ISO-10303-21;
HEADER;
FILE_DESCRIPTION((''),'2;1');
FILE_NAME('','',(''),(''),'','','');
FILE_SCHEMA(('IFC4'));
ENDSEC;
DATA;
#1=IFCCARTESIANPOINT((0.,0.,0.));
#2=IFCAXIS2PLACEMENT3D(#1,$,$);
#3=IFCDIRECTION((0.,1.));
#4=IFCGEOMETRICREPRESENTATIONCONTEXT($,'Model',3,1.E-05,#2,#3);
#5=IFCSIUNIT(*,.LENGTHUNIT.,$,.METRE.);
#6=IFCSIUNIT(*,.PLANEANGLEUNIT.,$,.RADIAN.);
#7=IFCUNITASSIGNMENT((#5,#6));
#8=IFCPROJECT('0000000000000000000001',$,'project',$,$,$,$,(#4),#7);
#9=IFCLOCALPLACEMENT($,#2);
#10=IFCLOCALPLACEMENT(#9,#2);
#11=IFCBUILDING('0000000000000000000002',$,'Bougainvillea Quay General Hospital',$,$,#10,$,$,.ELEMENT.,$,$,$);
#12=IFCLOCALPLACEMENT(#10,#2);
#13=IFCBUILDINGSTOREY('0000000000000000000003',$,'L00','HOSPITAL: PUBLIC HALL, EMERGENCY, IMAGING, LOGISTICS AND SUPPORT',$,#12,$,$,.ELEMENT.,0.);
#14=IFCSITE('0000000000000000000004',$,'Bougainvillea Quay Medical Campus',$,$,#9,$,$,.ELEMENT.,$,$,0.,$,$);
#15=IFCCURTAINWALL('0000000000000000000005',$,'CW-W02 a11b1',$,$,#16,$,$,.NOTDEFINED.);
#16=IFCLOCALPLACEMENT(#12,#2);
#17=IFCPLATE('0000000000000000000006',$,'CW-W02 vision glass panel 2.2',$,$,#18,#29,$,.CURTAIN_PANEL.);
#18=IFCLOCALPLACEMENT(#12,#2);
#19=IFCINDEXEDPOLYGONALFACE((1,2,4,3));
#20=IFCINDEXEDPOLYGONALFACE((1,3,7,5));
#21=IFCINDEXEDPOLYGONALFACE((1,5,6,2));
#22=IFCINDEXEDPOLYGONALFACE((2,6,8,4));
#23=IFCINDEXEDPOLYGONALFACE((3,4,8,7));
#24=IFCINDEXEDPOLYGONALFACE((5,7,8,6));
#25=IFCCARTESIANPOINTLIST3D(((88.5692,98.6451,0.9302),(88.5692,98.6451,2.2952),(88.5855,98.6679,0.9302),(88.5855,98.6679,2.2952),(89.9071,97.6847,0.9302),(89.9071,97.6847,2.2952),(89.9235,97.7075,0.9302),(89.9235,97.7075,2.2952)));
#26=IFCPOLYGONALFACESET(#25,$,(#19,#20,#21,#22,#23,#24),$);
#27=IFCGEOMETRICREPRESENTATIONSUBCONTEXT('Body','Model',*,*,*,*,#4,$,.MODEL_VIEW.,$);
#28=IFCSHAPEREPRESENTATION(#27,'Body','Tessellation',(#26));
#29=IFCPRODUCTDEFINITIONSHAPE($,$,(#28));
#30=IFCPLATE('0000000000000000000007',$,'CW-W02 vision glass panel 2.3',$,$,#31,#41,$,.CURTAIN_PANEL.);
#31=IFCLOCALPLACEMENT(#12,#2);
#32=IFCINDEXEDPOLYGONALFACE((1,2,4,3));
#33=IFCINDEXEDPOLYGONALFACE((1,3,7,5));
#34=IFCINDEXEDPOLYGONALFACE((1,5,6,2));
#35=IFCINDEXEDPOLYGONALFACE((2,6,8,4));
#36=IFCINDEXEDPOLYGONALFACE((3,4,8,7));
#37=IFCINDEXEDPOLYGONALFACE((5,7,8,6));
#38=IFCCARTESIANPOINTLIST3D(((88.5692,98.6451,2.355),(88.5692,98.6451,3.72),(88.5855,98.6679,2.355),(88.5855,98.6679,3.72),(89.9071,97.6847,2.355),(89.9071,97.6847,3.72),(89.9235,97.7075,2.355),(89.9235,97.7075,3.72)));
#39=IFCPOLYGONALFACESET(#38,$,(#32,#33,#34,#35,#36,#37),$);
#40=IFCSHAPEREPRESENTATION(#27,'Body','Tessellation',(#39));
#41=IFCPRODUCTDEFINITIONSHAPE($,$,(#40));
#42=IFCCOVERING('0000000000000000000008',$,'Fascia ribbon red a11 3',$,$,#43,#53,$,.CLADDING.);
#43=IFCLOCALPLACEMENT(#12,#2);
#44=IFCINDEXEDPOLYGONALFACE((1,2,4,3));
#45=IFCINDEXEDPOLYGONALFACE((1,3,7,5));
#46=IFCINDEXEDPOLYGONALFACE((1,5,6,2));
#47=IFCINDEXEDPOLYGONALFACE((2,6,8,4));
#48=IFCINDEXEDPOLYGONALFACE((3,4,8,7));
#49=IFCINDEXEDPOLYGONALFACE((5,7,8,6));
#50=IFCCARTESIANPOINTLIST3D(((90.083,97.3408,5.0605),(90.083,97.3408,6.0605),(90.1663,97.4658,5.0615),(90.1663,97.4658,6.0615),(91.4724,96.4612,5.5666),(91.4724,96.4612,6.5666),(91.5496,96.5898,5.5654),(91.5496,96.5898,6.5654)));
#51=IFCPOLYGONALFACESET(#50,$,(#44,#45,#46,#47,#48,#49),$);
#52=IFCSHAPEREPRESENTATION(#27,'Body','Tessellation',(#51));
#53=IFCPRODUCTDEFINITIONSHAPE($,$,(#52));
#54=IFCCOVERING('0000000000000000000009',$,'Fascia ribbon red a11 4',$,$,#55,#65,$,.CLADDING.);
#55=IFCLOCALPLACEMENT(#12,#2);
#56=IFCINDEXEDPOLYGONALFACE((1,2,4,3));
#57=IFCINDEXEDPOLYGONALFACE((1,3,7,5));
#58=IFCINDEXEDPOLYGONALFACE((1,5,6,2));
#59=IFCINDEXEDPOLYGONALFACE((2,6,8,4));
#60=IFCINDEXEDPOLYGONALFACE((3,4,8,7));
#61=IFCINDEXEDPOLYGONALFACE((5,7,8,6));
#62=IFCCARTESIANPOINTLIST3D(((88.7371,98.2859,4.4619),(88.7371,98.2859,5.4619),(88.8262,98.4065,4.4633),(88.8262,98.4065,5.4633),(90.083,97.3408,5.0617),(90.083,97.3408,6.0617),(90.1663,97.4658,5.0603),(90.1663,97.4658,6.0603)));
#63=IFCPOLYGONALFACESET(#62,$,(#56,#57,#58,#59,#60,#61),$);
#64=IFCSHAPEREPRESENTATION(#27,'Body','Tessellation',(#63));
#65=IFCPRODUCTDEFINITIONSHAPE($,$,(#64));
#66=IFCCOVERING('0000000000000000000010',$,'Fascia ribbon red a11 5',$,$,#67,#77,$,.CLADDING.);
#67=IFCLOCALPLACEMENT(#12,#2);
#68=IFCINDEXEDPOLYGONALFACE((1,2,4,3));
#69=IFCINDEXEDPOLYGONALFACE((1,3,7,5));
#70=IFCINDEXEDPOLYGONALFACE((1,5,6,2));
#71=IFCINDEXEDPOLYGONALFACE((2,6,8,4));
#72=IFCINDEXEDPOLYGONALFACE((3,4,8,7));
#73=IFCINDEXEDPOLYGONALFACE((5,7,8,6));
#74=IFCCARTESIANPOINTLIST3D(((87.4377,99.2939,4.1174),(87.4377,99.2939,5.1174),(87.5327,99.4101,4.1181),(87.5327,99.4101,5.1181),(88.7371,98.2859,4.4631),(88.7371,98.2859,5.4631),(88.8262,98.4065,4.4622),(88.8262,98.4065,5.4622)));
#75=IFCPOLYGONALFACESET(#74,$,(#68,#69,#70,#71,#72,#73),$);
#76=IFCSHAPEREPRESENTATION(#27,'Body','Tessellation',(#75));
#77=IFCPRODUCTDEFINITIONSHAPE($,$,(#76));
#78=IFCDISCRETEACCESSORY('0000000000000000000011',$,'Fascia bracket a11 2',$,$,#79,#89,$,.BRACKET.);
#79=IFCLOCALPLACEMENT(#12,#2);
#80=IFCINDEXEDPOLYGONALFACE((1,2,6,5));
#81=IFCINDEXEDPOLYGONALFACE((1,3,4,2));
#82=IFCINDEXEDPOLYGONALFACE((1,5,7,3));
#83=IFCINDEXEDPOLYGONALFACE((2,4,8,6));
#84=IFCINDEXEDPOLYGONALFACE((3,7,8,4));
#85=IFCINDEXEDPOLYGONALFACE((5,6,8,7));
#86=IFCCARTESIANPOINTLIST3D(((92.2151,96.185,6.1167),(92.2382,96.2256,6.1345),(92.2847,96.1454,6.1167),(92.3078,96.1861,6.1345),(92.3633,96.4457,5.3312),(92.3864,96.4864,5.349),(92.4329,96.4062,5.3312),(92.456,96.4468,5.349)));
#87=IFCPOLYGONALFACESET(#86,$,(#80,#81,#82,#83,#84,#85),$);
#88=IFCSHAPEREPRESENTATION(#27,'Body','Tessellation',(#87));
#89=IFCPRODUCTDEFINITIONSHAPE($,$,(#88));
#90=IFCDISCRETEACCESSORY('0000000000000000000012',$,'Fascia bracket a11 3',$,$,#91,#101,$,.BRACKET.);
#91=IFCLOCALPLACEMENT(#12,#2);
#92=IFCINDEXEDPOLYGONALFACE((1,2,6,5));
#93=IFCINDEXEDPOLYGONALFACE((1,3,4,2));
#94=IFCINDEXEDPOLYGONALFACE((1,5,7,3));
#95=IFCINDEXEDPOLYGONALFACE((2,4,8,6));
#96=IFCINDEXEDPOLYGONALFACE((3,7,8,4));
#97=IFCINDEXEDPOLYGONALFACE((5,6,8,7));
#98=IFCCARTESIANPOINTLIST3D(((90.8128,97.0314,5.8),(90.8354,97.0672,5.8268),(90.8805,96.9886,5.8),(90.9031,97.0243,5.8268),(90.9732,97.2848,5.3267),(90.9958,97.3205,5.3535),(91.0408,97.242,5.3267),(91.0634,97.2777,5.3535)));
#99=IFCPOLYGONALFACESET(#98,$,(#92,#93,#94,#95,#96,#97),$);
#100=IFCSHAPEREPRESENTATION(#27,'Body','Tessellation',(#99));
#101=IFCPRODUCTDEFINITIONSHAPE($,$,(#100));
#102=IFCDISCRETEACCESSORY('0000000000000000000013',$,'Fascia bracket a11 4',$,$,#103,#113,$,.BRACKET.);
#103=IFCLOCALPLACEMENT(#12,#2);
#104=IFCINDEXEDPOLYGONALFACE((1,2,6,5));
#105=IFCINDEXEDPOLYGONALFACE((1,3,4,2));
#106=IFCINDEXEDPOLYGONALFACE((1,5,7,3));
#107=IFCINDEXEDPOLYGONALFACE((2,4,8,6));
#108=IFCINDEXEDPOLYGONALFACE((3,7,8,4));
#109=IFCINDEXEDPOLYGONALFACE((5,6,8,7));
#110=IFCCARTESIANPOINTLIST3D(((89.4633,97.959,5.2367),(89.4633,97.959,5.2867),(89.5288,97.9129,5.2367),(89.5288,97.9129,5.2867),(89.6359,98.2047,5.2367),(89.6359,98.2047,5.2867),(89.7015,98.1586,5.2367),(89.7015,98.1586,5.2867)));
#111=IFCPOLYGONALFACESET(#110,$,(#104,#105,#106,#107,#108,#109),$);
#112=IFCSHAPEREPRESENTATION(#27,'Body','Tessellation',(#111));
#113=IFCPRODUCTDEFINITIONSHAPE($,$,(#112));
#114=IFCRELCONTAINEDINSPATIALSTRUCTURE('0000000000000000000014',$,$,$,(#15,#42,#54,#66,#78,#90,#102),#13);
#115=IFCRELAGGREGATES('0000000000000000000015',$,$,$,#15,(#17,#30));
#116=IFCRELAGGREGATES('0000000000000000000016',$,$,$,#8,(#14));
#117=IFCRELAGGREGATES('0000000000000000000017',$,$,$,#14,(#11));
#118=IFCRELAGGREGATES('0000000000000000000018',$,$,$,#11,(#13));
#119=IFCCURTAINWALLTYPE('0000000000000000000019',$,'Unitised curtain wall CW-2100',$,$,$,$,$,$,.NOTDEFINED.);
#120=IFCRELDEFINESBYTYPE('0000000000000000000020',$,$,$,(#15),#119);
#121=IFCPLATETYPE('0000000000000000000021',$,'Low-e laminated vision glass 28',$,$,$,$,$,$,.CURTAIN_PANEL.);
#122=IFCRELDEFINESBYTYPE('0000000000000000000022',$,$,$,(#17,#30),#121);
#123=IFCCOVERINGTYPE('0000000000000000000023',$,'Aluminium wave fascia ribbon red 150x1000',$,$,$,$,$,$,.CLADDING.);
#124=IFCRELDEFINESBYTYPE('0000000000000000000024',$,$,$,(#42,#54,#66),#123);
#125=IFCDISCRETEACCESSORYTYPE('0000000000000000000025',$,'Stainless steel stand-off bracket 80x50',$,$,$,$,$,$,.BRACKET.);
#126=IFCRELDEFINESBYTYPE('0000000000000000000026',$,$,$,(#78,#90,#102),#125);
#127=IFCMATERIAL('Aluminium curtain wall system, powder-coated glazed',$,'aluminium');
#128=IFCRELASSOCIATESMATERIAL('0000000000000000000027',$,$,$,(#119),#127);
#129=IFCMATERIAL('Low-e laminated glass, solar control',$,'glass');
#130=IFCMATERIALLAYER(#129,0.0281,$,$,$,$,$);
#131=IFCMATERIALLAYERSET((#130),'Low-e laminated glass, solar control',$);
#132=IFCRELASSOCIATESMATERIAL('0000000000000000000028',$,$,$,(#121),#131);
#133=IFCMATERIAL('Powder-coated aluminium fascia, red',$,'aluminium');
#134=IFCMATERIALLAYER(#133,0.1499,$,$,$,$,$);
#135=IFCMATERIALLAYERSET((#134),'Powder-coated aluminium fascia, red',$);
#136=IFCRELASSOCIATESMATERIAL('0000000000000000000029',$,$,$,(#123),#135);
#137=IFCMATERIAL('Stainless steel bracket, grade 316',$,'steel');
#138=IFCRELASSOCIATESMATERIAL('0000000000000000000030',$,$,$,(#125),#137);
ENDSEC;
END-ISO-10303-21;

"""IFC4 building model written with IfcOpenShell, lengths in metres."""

from ifc_helpers import new_model, si_unit, direction, frame, origin, origin_2d, place, context, subcontext, project, spatial, polyline, rectangle, outline, extrude, material, layer, layer_set, material_profile, profile_set, type_object, element, aggregate, save


model = new_model("IFC4")

# Units and contexts
model_context = context("Model", 3, precision=1e-05, world=origin(), true_north=direction((0.0, 1.0)))
body_context = subcontext(model_context, "Body", "Model", "MODEL_VIEW")
ifc_project = project(units=[si_unit("LENGTHUNIT", "METRE"), si_unit("PLANEANGLEUNIT", "RADIAN")], contexts=[model_context])

# Site, building, storey
site_placement = place(None, origin())
site = spatial("IfcSite", under=ifc_project, at=site_placement, Name="Bougainvillea Quay Medical Campus", CompositionType="ELEMENT", RefElevation=0.0)
building_placement = place(site_placement, origin())
building = spatial("IfcBuilding", under=site, at=building_placement, Name="Bougainvillea Quay General Hospital", CompositionType="ELEMENT")
storey_placement = place(building_placement, origin())
storey = spatial("IfcBuildingStorey", under=building, at=storey_placement, Name="L00", Description="HOSPITAL: PUBLIC HALL, EMERGENCY, IMAGING, LOGISTICS AND SUPPORT", CompositionType="ELEMENT", Elevation=0.0)

# Curtain wall
ifc_material_1 = material(Name="Aluminium curtain wall system, powder-coated glazed", Category="aluminium")
curtain_wall_type = type_object("IfcCurtainWallType", Name="Unitised curtain wall CW-2100", PredefinedType="NOTDEFINED", material=ifc_material_1)
curtain_wall_1_placement = place(storey_placement, origin())
curtain_wall_1 = element("IfcCurtainWall", 1, at=curtain_wall_1_placement, inside=storey, type_object=curtain_wall_type, Name="CW-W02 a11b1", PredefinedType="NOTDEFINED")

# Plates
ifc_material_2 = material(Name="Low-e laminated glass, solar control", Category="glass")
ifc_layer_1 = layer(ifc_material_2, 0.0281)
ifc_layer_set_1 = layer_set([ifc_layer_1], Name="Low-e laminated glass, solar control")
plate_type_1 = type_object("IfcPlateType", Name="Low-e laminated vision glass 28", PredefinedType="CURTAIN_PANEL", material=ifc_layer_set_1)
plate_1_placement = place(storey_placement, frame((89.2463, 98.1763, 0.9302), z_axis=(0.0, 0.0, 1.0), x_axis=(-0.812379, 0.58313, 0.0)))
plate_1 = element("IfcPlate", 2, at=plate_1_placement, type_object=plate_type_1, Name="CW-W02 vision glass panel 2.2", PredefinedType="CURTAIN_PANEL", context=body_context, shape_type="SweptSolid", body=[
    extrude(rectangle(XDim=1.647, YDim=0.0281, at=origin_2d()), origin(), (0.0, 0.0, 1.0), 1.365),
])
plate_2_placement = place(storey_placement, frame((89.2463, 98.1763, 2.355), z_axis=(0.0, 0.0, 1.0), x_axis=(-0.812379, 0.58313, 0.0)))
plate_2 = element("IfcPlate", 3, at=plate_2_placement, type_object=plate_type_1, Name="CW-W02 vision glass panel 2.3", PredefinedType="CURTAIN_PANEL", context=body_context, shape_type="SweptSolid", body=[
    extrude(rectangle(XDim=1.647, YDim=0.0281, at=origin_2d()), origin(), (0.0, 0.0, 1.0), 1.365),
])
aggregate(curtain_wall_1, [plate_1, plate_2])

# Coverings
ifc_material_3 = material(Name="Powder-coated aluminium fascia, red", Category="aluminium")
ifc_layer_2 = layer(ifc_material_3, 0.1499)
ifc_layer_set_2 = layer_set([ifc_layer_2], Name="Powder-coated aluminium fascia, red")
covering_type = type_object("IfcCoveringType", Name="Aluminium wave fascia ribbon red 150x1000", PredefinedType="CLADDING", material=ifc_layer_set_2)
covering_1_placement = place(storey_placement, frame((91.5496, 96.5898, 5.5654), z_axis=(-0.248197, 0.157865, 0.95576), x_axis=(-0.807474, 0.511334, -0.294147)))
element("IfcCovering", 4, at=covering_1_placement, inside=storey, type_object=covering_type, Name="Fascia ribbon red a11 3", PredefinedType="CLADDING", context=body_context, shape_type="SweptSolid", body=[
    extrude(outline(polyline([(0.0, 0.0), (1.7131, 0.0), (1.7167, 0.1501), (-0.0039, 0.15), (0.0, 0.0)])), origin(), (-0.294147, 0.00056, 0.95576), 1.0),
])
covering_2_placement = place(storey_placement, frame((90.1663, 97.4658, 5.0603), z_axis=(-0.280427, 0.196801, 0.939484), x_axis=(-0.76895, 0.539764, -0.342593)))
element("IfcCovering", 5, at=covering_2_placement, inside=storey, type_object=covering_type, Name="Fascia ribbon red a11 4", PredefinedType="CLADDING", context=body_context, shape_type="SweptSolid", body=[
    extrude(outline(polyline([(0.0, 0.0), (1.7427, 0.0), (1.7466, 0.1499), (-0.004, 0.1501), (0.0, 0.0)])), origin(), (-0.342593, -0.000035, 0.939484), 1.0),
])
covering_3_placement = place(storey_placement, frame((88.8262, 98.4065, 4.4622), z_axis=(-0.161896, 0.126853, 0.97862), x_axis=(-0.77316, 0.599936, -0.205672)))
element("IfcCovering", 6, at=covering_3_placement, inside=storey, type_object=covering_type, Name="Fascia ribbon red a11 5", PredefinedType="CLADDING", context=body_context, shape_type="SweptSolid", body=[
    extrude(outline(polyline([(0.0, 0.0), (1.6729, 0.0), (1.6768, 0.15), (-0.0037, 0.1499), (0.0, 0.0)])), origin(), (-0.205672, 0.000951, 0.97862), 1.0),
])

# Discrete accessories
ifc_material_4 = material(Name="Stainless steel bracket, grade 316", Category="steel")
ifc_material_profile_1 = material_profile(ifc_material_4, rectangle(XDim=0.0801, YDim=0.05, at=origin_2d()))
ifc_profile_set_1 = profile_set([ifc_material_profile_1], Name="Stainless steel bracket, grade 316")
discrete_accessory_type = type_object("IfcDiscreteAccessoryType", Name="Stainless steel stand-off bracket 80x50", PredefinedType="BRACKET", material=ifc_profile_set_1)
discrete_accessory_1_placement = place(storey_placement, frame((92.4097, 96.4463, 5.3401), z_axis=(-0.176271, -0.310143, 0.934205), x_axis=(0.869393, -0.494121, 0.0)))
element("IfcDiscreteAccessory", 7, at=discrete_accessory_1_placement, inside=storey, type_object=discrete_accessory_type, Name="Fascia bracket a11 2", PredefinedType="BRACKET", context=body_context, shape_type="SweptSolid", body=[
    extrude(rectangle(XDim=0.0801, YDim=0.05, at=origin_2d()), origin(), (0.0, 0.0, 1.0), 0.8408),
])
discrete_accessory_2_placement = place(storey_placement, frame((91.0183, 97.2812, 5.3401), z_axis=(-0.286226, -0.452211, 0.844737), x_axis=(0.844966, -0.53482, 0.0)))
element("IfcDiscreteAccessory", 8, at=discrete_accessory_2_placement, inside=storey, type_object=discrete_accessory_type, Name="Fascia bracket a11 3", PredefinedType="BRACKET", context=body_context, shape_type="SweptSolid", body=[
    extrude(rectangle(XDim=0.0801, YDim=0.05, at=origin_2d()), origin(), (0.0, 0.0, 1.0), 0.5603),
])
discrete_accessory_3_placement = place(storey_placement, frame((89.6687, 98.1816, 5.2617), z_axis=(-0.57499, -0.818161, 0.0), x_axis=(0.818161, -0.57499, 0.0)))
element("IfcDiscreteAccessory", 9, at=discrete_accessory_3_placement, inside=storey, type_object=discrete_accessory_type, Name="Fascia bracket a11 4", PredefinedType="BRACKET", context=body_context, shape_type="SweptSolid", body=[
    extrude(rectangle(XDim=0.0801, YDim=0.05, at=origin_2d()), origin(), (0.0, 0.0, 1.0), 0.3003),
])

save(model, "model.ifc")
